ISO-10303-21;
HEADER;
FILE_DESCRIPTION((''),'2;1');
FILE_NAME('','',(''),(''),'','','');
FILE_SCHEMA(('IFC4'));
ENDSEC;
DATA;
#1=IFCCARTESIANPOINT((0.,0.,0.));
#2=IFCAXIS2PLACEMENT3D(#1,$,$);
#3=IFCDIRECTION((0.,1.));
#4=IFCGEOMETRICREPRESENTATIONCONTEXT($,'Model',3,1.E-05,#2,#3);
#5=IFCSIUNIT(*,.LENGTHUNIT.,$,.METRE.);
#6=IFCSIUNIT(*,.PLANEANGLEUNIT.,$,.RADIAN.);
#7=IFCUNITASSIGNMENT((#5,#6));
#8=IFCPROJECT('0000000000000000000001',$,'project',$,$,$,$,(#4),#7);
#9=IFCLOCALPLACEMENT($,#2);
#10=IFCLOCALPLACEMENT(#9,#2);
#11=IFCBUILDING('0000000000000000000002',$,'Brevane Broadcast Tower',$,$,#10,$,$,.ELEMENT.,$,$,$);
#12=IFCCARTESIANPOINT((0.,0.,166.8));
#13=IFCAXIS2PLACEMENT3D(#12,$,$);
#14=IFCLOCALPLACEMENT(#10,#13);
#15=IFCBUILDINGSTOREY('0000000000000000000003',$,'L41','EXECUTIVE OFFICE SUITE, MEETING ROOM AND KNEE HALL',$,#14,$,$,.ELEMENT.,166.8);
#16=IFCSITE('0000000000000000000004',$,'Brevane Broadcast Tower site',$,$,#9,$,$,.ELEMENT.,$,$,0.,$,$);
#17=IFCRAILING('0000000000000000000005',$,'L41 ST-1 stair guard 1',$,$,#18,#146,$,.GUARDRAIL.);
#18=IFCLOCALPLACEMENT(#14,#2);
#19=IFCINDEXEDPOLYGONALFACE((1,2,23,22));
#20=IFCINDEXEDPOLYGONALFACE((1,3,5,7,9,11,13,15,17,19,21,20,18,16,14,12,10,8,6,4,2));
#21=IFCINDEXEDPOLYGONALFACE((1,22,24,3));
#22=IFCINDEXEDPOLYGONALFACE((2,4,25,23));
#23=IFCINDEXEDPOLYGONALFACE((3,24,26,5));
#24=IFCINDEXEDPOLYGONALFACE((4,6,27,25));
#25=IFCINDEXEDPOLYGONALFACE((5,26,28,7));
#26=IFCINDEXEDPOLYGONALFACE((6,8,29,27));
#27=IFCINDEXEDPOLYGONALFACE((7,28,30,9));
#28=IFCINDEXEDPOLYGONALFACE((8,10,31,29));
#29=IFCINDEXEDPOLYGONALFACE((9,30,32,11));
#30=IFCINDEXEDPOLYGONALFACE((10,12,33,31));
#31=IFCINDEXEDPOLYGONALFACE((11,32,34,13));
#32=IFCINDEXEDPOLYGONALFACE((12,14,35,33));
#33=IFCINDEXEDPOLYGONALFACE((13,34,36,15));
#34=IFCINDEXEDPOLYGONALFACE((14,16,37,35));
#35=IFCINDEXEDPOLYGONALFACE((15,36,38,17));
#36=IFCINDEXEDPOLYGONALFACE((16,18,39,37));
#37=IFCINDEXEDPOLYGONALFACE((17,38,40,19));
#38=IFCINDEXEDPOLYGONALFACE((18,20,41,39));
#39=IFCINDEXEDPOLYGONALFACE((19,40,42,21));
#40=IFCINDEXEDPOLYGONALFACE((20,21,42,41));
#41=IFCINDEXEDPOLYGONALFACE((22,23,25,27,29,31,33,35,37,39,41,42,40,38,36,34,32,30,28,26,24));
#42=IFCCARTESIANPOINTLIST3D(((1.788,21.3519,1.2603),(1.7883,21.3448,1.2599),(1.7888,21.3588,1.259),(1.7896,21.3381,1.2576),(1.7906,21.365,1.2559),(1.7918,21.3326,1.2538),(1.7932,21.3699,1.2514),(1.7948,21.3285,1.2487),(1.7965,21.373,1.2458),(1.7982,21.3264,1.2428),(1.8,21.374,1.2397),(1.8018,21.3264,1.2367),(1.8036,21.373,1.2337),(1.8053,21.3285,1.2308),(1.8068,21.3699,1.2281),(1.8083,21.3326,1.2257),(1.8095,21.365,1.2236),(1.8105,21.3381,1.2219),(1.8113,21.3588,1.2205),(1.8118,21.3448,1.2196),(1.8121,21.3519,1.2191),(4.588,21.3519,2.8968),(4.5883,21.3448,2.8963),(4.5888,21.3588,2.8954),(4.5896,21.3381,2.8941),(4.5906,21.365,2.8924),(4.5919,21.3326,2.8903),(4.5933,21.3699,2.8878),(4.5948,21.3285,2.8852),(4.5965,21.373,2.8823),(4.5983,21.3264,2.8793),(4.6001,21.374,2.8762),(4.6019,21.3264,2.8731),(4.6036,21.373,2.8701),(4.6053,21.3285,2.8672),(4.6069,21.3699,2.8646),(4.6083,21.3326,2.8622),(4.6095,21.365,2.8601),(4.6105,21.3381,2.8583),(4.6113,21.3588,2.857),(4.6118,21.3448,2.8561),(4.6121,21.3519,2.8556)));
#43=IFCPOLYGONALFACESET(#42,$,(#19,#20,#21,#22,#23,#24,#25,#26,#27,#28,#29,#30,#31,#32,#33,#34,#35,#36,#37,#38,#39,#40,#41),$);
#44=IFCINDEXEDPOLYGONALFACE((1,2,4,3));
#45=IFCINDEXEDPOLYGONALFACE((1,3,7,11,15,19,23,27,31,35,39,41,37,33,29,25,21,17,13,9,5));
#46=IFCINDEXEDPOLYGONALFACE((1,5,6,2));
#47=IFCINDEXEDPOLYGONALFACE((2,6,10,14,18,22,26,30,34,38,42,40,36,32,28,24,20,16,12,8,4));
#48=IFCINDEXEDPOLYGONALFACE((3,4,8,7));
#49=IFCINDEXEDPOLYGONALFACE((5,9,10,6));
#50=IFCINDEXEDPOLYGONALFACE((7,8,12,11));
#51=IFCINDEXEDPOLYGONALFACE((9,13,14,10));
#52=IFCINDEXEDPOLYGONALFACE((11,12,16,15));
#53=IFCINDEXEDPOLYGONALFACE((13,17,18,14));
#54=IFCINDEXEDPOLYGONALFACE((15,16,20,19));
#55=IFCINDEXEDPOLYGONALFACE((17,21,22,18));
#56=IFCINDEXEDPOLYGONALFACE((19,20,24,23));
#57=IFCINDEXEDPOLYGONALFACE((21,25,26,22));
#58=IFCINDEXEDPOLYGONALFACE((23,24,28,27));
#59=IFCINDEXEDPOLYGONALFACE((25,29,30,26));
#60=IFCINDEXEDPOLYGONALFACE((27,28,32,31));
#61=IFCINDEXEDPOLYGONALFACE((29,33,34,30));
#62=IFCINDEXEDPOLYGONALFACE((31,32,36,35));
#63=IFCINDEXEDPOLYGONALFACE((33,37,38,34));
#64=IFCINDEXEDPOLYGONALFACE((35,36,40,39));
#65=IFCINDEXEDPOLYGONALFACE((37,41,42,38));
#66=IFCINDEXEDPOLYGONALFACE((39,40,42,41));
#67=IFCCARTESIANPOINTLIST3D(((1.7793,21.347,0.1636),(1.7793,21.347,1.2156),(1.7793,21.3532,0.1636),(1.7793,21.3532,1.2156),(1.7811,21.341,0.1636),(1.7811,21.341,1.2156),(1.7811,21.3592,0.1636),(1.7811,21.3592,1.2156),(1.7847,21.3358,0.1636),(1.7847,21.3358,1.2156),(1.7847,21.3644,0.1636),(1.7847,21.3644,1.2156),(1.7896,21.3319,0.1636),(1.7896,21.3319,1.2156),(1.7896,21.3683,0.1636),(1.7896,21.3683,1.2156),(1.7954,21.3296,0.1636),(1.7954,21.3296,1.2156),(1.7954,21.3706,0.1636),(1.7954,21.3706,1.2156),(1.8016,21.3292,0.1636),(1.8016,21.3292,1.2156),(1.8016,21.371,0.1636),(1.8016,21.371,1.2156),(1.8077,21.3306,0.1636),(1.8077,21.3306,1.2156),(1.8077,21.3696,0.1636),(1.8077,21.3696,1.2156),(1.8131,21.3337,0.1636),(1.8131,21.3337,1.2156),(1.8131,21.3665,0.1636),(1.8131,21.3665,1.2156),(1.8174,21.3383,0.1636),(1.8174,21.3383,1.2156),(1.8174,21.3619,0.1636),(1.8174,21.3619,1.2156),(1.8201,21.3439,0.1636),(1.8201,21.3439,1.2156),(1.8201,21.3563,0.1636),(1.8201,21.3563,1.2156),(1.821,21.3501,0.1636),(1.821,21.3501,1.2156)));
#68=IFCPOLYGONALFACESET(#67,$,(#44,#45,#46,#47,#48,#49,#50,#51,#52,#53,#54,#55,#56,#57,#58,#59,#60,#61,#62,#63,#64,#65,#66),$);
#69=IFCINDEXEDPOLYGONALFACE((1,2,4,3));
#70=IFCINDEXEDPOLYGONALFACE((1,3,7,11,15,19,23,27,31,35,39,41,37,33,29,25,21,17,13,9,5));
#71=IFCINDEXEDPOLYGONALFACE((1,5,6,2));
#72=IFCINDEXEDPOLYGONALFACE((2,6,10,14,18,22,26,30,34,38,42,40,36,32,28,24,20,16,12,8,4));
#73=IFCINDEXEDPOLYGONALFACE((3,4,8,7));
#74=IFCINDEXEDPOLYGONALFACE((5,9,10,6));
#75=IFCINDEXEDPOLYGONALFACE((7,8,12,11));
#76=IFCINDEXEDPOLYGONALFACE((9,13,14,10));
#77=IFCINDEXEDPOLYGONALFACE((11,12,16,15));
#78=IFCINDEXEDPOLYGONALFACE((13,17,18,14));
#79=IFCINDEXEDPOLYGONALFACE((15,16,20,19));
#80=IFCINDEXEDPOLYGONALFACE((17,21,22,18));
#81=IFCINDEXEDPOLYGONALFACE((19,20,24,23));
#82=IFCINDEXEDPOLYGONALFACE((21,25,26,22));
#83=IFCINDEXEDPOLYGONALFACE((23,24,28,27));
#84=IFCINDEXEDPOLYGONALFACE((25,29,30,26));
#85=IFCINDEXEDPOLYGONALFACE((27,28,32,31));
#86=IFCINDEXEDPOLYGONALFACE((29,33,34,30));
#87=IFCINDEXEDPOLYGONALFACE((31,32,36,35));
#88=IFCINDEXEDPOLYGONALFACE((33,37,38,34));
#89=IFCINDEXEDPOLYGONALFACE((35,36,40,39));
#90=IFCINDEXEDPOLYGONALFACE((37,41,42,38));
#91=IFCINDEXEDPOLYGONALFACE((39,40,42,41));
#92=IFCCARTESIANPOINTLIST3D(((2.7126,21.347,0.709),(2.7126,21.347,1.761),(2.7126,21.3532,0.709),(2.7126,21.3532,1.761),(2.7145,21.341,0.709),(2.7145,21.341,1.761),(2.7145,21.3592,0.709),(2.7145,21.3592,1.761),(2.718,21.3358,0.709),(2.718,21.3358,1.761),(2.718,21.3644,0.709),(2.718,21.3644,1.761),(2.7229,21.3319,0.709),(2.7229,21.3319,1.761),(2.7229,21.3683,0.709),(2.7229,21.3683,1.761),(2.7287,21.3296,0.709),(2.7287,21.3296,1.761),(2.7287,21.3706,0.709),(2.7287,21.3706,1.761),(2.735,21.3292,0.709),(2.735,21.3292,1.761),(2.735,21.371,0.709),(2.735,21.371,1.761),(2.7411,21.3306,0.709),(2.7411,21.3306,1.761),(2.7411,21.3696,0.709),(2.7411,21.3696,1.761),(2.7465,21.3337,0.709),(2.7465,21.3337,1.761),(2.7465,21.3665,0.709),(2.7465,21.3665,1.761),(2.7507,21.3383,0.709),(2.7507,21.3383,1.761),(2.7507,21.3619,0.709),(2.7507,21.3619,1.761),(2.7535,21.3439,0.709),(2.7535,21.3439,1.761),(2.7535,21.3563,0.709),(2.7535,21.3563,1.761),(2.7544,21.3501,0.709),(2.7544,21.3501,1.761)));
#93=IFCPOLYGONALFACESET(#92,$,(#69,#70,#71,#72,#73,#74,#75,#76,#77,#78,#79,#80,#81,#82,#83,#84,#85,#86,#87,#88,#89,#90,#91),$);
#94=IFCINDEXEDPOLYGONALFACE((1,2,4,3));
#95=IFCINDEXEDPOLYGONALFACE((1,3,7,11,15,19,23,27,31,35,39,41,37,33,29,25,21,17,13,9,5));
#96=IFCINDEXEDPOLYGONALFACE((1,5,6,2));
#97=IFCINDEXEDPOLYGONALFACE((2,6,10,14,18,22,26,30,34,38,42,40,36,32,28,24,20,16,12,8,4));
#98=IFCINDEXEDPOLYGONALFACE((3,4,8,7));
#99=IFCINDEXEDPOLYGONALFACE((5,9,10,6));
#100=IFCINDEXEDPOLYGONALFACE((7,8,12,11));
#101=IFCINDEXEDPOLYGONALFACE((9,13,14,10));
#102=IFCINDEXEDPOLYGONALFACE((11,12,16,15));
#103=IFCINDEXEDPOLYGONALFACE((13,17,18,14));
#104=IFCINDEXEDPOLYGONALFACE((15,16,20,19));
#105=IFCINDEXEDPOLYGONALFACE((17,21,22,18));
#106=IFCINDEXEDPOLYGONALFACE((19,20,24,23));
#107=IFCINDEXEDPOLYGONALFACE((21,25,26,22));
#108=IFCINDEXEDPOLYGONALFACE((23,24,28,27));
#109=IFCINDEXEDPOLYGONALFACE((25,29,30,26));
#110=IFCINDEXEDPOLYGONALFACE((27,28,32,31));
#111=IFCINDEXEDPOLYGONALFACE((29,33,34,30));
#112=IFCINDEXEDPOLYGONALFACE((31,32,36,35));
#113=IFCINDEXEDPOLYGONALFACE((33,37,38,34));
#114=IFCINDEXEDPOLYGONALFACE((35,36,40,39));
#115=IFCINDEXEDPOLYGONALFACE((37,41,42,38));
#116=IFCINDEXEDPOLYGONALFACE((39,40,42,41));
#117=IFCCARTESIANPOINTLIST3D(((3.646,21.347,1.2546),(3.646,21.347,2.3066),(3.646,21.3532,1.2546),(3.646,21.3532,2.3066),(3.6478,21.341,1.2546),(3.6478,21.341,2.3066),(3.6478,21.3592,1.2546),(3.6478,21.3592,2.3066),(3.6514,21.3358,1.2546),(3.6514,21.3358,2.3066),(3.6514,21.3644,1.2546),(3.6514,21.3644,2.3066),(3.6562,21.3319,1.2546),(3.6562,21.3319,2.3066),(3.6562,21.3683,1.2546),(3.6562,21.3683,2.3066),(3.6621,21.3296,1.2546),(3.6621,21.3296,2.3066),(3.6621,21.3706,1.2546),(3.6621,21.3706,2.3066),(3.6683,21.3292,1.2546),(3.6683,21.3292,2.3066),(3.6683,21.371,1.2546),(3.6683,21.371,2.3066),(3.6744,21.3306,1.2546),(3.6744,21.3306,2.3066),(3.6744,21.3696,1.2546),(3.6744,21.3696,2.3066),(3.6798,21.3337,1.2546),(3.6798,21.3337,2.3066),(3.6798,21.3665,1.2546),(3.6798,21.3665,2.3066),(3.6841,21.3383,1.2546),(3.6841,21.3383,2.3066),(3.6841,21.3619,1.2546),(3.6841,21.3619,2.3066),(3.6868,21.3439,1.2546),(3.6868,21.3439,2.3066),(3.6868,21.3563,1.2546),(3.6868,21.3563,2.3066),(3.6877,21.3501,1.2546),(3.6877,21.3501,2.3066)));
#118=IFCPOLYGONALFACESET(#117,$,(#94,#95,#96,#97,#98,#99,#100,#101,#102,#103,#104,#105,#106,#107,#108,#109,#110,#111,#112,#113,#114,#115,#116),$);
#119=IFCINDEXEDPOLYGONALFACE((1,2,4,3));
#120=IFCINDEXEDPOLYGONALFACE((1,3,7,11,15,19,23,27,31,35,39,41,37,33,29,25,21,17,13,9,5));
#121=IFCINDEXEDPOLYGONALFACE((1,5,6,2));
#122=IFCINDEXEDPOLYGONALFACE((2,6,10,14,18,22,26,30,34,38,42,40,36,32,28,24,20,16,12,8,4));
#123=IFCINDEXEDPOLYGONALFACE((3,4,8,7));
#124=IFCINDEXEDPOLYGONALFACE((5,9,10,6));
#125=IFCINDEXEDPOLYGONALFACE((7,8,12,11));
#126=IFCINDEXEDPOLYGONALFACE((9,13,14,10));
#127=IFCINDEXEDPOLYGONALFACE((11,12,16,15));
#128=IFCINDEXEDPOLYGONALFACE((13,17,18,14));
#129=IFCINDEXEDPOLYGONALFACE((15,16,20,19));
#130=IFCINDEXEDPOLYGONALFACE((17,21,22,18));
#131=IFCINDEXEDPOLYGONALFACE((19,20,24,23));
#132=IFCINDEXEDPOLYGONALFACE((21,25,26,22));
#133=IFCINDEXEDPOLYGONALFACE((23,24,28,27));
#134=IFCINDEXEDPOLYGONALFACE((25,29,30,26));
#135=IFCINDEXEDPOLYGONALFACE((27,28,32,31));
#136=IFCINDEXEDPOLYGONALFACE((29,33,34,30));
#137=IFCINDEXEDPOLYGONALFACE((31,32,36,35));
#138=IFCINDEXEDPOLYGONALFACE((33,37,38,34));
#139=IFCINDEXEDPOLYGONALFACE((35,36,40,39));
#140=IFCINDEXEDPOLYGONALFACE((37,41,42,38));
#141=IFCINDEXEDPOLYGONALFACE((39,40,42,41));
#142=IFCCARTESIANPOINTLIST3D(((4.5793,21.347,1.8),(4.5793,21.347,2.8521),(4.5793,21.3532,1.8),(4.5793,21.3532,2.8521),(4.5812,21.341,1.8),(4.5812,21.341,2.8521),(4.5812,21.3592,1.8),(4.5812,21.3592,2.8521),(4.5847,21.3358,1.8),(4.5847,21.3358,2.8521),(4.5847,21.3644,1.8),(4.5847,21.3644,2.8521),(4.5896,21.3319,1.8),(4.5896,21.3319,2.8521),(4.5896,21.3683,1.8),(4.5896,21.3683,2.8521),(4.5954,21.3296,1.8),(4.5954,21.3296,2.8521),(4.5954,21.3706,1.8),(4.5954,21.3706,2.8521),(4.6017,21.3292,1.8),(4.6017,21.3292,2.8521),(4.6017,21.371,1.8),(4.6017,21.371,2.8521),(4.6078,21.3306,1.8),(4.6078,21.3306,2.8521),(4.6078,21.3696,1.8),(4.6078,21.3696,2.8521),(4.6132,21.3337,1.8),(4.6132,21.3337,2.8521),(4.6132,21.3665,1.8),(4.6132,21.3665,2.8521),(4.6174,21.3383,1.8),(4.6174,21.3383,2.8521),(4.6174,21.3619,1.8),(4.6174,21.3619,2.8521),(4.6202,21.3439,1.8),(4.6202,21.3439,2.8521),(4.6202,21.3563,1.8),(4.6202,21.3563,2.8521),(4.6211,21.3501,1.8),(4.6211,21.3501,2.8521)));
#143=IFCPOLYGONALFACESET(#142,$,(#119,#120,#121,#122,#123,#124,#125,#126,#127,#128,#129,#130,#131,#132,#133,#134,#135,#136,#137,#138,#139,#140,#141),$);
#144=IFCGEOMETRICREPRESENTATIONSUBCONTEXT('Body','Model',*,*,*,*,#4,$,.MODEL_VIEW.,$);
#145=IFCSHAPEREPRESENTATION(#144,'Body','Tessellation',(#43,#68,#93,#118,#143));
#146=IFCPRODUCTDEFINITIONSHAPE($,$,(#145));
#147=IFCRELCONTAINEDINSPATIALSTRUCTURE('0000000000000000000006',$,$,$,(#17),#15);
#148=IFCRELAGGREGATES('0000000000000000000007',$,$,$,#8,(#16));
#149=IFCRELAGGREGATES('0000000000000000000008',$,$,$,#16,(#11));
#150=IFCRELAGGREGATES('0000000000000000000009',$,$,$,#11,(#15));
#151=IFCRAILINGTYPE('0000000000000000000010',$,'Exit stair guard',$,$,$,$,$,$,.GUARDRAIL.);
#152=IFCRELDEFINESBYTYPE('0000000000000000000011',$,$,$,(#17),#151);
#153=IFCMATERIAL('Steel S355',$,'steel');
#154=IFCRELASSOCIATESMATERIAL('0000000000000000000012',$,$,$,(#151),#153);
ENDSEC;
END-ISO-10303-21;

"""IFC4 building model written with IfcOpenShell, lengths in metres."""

from ifc_helpers import new_model, si_unit, direction, frame, origin, origin_2d, place, context, subcontext, project, spatial, circle, extrude, material, type_object, element, save


model = new_model("IFC4")

# Units and contexts
model_context = context("Model", 3, precision=1e-05, world=origin(), true_north=direction((0.0, 1.0)))
body_context = subcontext(model_context, "Body", "Model", "MODEL_VIEW")
ifc_project = project(units=[si_unit("LENGTHUNIT", "METRE"), si_unit("PLANEANGLEUNIT", "RADIAN")], contexts=[model_context])

# Site, building, storey
site_placement = place(None, origin())
site = spatial("IfcSite", under=ifc_project, at=site_placement, Name="Brevane Broadcast Tower site", CompositionType="ELEMENT", RefElevation=0.0)
building_placement = place(site_placement, origin())
building = spatial("IfcBuilding", under=site, at=building_placement, Name="Brevane Broadcast Tower", CompositionType="ELEMENT")
storey_placement = place(building_placement, frame((0.0, 0.0, 166.8)))
storey = spatial("IfcBuildingStorey", under=building, at=storey_placement, Name="L41", Description="EXECUTIVE OFFICE SUITE, MEETING ROOM AND KNEE HALL", CompositionType="ELEMENT", Elevation=166.8)

# Railing
ifc_material_1 = material(Name="Steel S355", Category="steel")
railing_type_1 = type_object("IfcRailingType", Name="Exit stair guard", PredefinedType="GUARDRAIL", material=ifc_material_1)
railing_1_placement = place(storey_placement, frame((1.8, 21.3501, 0.1636)))
element("IfcRailing", 1, at=railing_1_placement, inside=storey, type_object=railing_type_1, Name="L41 ST-1 stair guard 1", PredefinedType="GUARDRAIL", context=body_context, shape_type="SweptSolid", body=[
    extrude(circle(Radius=0.0239, at=origin_2d()), frame((0.0, 0.0, 1.0762), z_axis=(0.863361, 0.0, 0.504587), x_axis=(0.0, 1.0, 0.0)), (0.0, 0.0, 1.0), 3.2432),
    extrude(circle(Radius=0.021, at=origin_2d()), origin(), (0.0, 0.0, 1.0), 1.052),
    extrude(circle(Radius=0.021, at=origin_2d()), frame((0.9333, 0.0, 0.5454)), (0.0, 0.0, 1.0), 1.052),
    extrude(circle(Radius=0.021, at=origin_2d()), frame((1.8667, 0.0, 1.0911)), (0.0, 0.0, 1.0), 1.052),
    extrude(circle(Radius=0.021, at=origin_2d()), frame((2.8, 0.0, 1.6365)), (0.0, 0.0, 1.0), 1.052),
])

save(model, "model.ifc")
